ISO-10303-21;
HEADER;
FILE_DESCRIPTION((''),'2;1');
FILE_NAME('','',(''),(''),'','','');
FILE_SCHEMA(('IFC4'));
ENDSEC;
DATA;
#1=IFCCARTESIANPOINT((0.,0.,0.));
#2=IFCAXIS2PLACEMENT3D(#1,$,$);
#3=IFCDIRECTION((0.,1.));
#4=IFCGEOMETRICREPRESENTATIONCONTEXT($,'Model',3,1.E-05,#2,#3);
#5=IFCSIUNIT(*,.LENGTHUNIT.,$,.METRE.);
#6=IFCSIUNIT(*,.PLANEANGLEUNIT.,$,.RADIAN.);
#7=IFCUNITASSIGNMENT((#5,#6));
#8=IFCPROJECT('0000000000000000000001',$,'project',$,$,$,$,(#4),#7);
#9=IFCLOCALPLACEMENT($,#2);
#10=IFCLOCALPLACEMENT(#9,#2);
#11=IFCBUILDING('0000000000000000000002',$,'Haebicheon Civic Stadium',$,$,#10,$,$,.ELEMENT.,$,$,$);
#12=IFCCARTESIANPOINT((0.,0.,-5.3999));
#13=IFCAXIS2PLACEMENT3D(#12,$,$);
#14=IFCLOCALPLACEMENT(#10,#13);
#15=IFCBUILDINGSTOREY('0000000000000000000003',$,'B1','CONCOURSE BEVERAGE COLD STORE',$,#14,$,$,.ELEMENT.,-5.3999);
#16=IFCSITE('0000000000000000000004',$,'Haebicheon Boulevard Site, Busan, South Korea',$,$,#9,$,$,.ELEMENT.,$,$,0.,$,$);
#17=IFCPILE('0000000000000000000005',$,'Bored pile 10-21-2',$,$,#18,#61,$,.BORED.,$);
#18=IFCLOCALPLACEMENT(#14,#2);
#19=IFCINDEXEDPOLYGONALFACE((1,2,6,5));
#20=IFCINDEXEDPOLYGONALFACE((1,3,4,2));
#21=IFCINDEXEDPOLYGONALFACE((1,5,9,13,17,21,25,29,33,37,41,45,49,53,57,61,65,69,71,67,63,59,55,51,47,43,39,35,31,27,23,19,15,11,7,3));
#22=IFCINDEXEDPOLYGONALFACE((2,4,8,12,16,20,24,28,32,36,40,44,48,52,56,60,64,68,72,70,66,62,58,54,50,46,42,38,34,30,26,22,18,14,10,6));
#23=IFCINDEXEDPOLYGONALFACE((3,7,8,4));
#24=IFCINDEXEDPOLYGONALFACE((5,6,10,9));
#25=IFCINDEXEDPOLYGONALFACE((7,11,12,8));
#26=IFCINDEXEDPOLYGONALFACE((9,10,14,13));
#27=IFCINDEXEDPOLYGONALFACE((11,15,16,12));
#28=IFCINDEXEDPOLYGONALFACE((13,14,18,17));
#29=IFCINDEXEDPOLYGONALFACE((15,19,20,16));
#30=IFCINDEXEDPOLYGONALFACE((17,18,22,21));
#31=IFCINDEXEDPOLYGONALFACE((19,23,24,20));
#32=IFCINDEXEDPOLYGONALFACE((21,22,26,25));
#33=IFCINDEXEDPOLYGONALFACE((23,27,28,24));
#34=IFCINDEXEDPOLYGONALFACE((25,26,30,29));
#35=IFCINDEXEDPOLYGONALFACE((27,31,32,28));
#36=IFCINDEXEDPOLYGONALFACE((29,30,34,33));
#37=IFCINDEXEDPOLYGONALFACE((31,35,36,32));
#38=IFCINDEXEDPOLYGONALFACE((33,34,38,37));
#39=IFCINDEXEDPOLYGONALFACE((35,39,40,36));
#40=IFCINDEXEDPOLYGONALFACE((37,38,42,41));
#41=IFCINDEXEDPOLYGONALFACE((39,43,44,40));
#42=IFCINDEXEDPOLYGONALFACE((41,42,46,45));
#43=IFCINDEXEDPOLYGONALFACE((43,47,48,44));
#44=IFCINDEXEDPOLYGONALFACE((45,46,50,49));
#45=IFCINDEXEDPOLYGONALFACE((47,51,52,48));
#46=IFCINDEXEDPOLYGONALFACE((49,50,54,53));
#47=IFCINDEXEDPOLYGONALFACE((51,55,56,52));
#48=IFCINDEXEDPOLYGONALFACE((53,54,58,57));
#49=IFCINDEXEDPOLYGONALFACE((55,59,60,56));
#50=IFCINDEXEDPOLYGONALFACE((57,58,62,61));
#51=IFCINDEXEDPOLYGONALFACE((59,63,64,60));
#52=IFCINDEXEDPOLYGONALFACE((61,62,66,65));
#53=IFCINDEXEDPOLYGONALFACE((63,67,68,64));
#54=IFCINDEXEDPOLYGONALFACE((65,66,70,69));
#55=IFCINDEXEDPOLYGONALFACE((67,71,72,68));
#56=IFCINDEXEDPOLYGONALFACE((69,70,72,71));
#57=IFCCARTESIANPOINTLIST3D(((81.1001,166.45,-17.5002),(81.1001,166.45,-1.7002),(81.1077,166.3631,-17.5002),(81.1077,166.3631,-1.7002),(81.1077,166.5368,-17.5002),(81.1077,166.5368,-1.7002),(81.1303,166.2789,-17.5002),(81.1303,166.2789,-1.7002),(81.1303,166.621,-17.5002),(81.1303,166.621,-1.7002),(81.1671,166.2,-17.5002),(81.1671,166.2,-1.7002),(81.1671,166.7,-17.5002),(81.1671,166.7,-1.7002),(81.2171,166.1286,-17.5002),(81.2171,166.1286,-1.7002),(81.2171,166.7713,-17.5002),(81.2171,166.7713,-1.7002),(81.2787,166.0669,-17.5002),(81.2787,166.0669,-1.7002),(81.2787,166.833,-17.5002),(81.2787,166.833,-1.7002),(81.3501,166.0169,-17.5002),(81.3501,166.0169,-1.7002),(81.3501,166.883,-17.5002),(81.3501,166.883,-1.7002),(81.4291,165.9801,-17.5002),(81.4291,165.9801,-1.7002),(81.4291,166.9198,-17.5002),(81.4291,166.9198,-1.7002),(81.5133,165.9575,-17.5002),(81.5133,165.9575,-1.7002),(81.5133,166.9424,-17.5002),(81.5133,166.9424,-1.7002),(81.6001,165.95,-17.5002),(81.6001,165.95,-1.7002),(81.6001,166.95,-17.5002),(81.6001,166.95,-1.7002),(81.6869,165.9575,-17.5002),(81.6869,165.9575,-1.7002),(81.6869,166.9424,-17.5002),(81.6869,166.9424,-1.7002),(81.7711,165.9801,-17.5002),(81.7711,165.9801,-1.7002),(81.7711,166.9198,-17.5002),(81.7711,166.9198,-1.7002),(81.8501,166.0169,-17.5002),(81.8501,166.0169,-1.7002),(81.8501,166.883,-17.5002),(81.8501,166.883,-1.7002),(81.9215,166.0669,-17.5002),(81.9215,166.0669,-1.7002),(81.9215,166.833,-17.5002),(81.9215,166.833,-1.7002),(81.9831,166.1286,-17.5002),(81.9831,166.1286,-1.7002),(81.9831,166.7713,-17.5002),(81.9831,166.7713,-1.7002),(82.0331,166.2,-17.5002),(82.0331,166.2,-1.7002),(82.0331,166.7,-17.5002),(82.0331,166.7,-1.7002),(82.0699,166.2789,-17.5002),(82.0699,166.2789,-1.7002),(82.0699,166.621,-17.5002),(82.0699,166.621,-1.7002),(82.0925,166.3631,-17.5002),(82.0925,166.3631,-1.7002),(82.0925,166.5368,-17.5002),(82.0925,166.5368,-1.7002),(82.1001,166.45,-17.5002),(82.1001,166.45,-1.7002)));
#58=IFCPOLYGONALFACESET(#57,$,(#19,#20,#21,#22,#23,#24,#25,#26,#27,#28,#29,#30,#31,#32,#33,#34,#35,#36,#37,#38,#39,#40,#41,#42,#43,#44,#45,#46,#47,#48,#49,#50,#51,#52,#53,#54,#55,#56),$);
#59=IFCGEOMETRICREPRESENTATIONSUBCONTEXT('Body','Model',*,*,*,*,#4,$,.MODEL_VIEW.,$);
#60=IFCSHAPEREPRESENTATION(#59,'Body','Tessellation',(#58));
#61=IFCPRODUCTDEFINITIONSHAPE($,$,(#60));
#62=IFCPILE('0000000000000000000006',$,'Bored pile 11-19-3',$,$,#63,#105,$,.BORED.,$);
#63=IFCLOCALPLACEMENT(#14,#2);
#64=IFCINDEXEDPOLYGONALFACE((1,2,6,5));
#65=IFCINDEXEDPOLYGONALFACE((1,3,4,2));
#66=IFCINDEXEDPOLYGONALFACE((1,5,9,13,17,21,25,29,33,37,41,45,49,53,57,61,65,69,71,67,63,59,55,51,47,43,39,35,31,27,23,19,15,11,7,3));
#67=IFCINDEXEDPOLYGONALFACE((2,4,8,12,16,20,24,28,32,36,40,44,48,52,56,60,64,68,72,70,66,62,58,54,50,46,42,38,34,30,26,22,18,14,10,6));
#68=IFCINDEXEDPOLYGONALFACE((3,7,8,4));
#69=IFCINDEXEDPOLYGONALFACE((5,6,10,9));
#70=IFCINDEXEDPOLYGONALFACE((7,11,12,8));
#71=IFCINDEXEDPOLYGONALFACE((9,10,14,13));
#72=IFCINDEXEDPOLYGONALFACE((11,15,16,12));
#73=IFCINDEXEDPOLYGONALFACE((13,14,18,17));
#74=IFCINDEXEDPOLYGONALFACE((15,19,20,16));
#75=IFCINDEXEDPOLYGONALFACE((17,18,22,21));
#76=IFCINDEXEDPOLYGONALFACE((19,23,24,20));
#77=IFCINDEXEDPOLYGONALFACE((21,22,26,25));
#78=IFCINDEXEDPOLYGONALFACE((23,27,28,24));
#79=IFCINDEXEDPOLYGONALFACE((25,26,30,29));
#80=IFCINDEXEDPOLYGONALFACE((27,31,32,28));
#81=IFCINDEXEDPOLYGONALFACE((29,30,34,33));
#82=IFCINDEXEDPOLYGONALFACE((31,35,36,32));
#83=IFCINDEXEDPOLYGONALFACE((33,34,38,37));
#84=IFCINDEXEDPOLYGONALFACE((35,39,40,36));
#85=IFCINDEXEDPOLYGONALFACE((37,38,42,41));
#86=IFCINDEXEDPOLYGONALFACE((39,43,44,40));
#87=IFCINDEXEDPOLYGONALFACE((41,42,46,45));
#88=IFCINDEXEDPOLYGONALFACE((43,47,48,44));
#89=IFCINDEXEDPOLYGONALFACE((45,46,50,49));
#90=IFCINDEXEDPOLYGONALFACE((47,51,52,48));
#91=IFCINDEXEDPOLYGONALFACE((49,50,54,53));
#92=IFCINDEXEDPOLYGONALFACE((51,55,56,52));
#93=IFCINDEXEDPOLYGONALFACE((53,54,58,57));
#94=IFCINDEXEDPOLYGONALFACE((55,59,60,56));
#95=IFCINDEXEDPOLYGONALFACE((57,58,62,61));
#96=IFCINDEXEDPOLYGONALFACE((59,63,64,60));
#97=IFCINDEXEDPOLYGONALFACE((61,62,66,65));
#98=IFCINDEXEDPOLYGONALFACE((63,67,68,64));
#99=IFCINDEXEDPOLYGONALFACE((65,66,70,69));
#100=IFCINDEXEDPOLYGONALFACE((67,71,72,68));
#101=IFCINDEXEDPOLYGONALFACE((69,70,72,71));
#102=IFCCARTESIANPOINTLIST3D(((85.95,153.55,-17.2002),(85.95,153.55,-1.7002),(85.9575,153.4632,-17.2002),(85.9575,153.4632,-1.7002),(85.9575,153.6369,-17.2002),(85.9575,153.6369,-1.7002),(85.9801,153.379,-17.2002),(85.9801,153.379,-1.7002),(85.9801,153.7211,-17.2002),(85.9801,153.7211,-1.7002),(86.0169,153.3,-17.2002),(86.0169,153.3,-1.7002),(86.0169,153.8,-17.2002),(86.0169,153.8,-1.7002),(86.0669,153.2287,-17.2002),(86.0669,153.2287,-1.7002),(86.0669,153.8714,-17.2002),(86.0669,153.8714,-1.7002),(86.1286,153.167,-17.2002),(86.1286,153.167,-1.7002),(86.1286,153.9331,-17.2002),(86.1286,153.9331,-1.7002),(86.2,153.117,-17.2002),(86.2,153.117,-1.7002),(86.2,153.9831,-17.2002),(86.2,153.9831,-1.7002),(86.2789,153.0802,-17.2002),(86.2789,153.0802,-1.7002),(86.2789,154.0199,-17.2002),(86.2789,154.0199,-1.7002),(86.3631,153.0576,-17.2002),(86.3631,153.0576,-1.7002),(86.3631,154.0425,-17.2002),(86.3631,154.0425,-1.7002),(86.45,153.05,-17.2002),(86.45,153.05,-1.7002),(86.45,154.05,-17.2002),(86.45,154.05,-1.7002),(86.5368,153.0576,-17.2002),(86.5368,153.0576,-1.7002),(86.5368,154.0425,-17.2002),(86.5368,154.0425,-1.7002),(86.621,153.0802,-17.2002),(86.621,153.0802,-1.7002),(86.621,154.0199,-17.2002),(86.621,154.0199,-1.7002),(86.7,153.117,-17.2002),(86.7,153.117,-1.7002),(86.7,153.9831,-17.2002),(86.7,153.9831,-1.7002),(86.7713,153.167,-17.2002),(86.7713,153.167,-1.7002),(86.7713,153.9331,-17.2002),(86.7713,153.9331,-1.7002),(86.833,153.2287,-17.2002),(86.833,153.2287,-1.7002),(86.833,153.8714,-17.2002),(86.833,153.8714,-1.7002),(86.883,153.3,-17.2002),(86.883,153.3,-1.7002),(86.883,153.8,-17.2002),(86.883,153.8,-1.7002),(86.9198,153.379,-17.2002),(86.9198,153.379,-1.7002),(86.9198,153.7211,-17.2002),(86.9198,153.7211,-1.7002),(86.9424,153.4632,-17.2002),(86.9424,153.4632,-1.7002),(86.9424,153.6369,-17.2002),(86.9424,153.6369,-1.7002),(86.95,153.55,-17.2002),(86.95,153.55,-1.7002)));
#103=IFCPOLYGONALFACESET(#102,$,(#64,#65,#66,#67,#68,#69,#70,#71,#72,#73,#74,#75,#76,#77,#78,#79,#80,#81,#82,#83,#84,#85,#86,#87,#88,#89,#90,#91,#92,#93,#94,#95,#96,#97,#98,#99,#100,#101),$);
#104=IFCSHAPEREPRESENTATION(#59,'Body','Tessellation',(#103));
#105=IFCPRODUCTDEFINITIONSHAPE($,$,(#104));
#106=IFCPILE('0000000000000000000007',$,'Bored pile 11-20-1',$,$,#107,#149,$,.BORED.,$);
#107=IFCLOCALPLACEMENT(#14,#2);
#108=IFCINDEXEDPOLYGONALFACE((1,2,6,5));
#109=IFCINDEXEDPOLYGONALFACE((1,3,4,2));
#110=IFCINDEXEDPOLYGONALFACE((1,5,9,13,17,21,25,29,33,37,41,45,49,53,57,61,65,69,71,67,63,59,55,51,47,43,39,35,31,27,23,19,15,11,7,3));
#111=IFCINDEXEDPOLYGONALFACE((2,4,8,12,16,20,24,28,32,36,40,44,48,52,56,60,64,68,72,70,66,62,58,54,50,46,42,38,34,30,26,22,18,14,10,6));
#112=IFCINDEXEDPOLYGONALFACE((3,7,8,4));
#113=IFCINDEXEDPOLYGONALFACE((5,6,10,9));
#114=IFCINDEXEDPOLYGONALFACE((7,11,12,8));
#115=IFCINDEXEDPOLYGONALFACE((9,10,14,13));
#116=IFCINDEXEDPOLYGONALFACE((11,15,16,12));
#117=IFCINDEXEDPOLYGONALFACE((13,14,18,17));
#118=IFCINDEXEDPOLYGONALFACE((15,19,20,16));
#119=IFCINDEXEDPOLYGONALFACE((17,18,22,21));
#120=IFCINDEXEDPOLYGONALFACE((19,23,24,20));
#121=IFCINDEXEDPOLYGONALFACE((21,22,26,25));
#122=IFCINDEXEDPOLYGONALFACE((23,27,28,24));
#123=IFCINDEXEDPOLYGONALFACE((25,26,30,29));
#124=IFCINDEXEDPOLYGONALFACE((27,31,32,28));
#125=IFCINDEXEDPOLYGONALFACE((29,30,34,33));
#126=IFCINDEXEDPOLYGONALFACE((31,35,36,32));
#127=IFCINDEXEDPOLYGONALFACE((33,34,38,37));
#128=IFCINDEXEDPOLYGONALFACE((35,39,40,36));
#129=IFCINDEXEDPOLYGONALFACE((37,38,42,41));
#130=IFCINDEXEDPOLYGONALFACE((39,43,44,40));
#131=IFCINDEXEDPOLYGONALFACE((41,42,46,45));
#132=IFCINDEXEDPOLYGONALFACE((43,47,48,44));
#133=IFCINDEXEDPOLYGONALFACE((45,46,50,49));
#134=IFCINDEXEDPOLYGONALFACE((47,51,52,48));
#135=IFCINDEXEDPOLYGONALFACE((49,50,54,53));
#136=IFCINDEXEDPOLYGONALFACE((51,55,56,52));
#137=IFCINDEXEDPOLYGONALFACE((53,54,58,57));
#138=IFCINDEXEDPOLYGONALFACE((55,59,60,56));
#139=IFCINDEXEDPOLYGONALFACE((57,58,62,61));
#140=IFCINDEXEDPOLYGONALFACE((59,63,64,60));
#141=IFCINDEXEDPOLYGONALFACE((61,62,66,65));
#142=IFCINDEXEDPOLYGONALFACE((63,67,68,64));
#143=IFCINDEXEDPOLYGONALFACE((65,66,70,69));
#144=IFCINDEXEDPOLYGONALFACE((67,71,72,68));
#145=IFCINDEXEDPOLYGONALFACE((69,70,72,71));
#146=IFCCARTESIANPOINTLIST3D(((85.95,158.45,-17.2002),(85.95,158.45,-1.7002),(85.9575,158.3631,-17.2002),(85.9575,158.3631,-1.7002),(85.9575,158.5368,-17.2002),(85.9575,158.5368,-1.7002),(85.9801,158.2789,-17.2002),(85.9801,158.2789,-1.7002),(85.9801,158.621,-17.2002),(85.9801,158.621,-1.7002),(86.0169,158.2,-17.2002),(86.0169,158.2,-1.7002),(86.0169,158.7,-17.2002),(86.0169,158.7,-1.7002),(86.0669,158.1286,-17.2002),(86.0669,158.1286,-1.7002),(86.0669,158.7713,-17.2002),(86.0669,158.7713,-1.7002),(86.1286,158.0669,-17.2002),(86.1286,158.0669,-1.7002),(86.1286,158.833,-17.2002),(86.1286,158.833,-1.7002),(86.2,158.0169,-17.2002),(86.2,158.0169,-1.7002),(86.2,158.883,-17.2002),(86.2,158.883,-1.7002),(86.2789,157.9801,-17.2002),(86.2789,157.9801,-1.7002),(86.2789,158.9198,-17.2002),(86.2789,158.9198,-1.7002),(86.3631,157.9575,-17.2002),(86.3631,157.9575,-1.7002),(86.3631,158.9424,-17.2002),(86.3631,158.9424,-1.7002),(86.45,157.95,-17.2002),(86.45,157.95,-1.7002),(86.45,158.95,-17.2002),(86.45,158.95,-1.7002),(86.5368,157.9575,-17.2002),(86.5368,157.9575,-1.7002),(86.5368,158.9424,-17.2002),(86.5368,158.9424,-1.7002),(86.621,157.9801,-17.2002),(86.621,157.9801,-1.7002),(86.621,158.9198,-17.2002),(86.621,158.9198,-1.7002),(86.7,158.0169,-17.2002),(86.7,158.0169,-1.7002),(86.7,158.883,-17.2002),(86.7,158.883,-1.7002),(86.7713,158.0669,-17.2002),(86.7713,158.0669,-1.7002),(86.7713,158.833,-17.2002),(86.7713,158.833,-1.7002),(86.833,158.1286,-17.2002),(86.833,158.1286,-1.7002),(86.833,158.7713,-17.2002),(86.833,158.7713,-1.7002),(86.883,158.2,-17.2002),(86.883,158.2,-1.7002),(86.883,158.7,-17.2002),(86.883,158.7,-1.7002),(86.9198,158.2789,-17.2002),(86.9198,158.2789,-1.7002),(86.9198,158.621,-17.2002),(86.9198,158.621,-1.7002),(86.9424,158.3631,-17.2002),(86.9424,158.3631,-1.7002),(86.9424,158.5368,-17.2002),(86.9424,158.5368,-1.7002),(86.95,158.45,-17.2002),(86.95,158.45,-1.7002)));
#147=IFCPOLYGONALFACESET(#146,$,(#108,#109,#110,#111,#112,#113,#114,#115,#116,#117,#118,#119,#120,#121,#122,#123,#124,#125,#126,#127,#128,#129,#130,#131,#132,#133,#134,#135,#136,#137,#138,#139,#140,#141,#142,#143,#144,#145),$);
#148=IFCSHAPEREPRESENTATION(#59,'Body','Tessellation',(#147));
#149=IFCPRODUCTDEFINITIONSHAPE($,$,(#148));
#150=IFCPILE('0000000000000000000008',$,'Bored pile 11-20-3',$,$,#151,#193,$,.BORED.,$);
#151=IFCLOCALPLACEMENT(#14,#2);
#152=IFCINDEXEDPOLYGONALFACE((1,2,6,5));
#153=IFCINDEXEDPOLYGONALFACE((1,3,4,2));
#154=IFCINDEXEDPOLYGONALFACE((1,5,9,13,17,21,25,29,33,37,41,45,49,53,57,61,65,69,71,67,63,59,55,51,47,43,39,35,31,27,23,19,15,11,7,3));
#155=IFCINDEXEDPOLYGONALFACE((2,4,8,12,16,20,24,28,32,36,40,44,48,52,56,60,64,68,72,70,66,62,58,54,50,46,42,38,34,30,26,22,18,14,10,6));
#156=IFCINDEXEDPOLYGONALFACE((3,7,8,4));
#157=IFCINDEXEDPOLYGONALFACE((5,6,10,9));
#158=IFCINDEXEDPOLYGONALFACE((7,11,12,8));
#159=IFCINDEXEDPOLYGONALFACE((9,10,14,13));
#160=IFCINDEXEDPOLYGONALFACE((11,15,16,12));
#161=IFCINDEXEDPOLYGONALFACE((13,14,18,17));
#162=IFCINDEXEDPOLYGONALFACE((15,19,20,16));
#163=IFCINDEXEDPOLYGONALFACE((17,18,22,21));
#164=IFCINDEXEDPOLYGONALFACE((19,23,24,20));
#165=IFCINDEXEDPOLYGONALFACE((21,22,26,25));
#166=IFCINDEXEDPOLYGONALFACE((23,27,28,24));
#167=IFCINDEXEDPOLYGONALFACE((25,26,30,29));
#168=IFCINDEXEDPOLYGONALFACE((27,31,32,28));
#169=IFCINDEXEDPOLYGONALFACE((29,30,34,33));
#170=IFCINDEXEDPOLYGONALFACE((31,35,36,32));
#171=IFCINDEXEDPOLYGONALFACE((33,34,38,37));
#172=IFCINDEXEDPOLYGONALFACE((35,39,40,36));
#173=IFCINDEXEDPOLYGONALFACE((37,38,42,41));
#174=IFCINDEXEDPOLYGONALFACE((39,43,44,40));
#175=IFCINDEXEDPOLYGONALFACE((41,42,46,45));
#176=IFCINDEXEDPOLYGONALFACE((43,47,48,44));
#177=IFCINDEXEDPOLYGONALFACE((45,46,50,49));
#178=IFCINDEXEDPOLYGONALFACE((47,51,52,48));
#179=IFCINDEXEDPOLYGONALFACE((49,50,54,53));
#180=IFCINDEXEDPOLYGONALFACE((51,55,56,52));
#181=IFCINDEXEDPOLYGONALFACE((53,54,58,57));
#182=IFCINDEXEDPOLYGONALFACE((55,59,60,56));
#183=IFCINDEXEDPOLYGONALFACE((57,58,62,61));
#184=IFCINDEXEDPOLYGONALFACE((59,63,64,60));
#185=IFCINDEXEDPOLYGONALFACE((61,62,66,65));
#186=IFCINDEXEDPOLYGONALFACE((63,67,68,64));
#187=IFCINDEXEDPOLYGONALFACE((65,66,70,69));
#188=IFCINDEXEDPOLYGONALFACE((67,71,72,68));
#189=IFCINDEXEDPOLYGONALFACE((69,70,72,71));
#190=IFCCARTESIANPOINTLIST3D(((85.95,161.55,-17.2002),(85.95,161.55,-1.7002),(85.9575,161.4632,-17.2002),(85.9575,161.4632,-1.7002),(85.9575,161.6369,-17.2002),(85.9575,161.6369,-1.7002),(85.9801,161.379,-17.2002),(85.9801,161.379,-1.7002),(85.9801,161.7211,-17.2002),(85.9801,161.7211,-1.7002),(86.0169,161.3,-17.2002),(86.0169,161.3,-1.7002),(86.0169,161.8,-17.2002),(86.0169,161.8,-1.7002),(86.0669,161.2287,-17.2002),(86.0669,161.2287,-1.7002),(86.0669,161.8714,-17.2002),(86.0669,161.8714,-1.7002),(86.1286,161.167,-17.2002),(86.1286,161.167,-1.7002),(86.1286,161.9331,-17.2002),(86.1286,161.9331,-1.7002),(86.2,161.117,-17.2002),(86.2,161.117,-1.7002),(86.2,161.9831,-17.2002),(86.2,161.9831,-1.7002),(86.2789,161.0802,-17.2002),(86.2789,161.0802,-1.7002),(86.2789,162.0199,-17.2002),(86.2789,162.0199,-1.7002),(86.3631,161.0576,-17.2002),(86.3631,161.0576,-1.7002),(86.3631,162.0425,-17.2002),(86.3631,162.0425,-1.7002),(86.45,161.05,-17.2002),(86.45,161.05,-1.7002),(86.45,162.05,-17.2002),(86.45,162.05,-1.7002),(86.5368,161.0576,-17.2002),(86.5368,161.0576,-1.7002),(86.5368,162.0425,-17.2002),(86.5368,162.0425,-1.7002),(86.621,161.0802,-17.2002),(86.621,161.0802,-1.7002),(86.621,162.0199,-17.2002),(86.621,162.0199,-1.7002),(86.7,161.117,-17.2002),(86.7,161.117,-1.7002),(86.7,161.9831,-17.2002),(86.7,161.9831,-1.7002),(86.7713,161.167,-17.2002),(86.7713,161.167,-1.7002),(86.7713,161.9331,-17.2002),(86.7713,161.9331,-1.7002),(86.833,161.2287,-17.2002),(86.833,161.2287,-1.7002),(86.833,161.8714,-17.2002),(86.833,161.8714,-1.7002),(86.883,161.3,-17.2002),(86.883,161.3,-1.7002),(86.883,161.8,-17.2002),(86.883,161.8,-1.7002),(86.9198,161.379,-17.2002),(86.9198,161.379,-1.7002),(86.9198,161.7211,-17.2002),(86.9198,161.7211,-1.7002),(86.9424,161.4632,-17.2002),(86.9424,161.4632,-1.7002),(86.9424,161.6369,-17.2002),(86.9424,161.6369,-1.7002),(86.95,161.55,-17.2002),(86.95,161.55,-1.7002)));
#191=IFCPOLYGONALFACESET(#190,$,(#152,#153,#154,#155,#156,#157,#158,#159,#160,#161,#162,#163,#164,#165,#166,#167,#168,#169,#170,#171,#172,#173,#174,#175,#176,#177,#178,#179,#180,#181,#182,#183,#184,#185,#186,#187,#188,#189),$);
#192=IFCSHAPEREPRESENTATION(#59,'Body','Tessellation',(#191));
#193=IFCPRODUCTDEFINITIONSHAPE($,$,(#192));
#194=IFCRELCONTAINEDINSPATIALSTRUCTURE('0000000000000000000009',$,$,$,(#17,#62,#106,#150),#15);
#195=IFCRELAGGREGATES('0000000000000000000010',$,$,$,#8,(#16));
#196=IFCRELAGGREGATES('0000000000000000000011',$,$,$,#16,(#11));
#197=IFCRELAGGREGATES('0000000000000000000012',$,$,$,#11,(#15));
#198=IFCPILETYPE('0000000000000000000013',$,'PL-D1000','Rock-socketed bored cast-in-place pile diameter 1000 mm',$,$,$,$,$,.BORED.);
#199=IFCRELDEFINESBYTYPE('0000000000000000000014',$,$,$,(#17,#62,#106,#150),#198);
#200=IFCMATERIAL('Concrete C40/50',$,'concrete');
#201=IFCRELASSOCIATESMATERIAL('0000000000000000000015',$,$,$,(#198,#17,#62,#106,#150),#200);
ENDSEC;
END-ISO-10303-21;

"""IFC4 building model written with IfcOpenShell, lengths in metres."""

from ifc_helpers import new_model, si_unit, direction, frame, origin, origin_2d, place, context, subcontext, project, spatial, circle, extrude, material, material_profile, profile_set, type_object, element, save


model = new_model("IFC4")

# Units and contexts
model_context = context("Model", 3, precision=1e-05, world=origin(), true_north=direction((0.0, 1.0)))
body_context = subcontext(model_context, "Body", "Model", "MODEL_VIEW")
ifc_project = project(units=[si_unit("LENGTHUNIT", "METRE"), si_unit("PLANEANGLEUNIT", "RADIAN")], contexts=[model_context])

# Site, building, storey
site_placement = place(None, origin())
site = spatial("IfcSite", under=ifc_project, at=site_placement, Name="Haebicheon Boulevard Site, Busan, South Korea", CompositionType="ELEMENT", RefElevation=0.0)
building_placement = place(site_placement, origin())
building = spatial("IfcBuilding", under=site, at=building_placement, Name="Haebicheon Civic Stadium", CompositionType="ELEMENT")
storey_placement = place(building_placement, frame((0.0, 0.0, -5.3999)))
storey = spatial("IfcBuildingStorey", under=building, at=storey_placement, Name="B1", Description="CONCOURSE BEVERAGE COLD STORE", CompositionType="ELEMENT", Elevation=-5.3999)

# Piles
ifc_material_1 = material(Name="Concrete C40/50", Category="concrete")
ifc_material_profile_1 = material_profile(ifc_material_1, circle(Radius=0.5, at=origin_2d()), Name="PILE-D1000")
ifc_profile_set_1 = profile_set([ifc_material_profile_1], Name="Concrete C40/50")
pile_type = type_object("IfcPileType", Name="PL-D1000", Description="Rock-socketed bored cast-in-place pile diameter 1000 mm", PredefinedType="BORED", material=ifc_profile_set_1)
for number, where, z_axis, x_axis, name in (
    (1, (81.6001, 166.45, -1.7002), (0.0, 0.0, -1.0), (1.0, 0.0, 0.0), "Bored pile 10-21-2"),
):
    element("IfcPile", number, at=place(storey_placement, frame(where, z_axis=z_axis, x_axis=x_axis)), inside=storey, type_object=pile_type, material=ifc_profile_set_1, Name=name, PredefinedType="BORED", context=body_context, shape_type="SweptSolid", body=[
        extrude(circle(Radius=0.5, at=origin_2d()), origin(), (0.0, 0.0, 1.0), 15.8),
    ])
for number, where, z_axis, x_axis, name in (
    (2, (86.45, 153.55, -1.7002), (0.0, 0.0, -1.0), (1.0, 0.0, 0.0), "Bored pile 11-19-3"),
    (3, (86.45, 158.45, -1.7002), (0.0, 0.0, -1.0), (1.0, 0.0, 0.0), "Bored pile 11-20-1"),
    (4, (86.45, 161.55, -1.7002), (0.0, 0.0, -1.0), (1.0, 0.0, 0.0), "Bored pile 11-20-3"),
):
    element("IfcPile", number, at=place(storey_placement, frame(where, z_axis=z_axis, x_axis=x_axis)), inside=storey, type_object=pile_type, material=ifc_profile_set_1, Name=name, PredefinedType="BORED", context=body_context, shape_type="SweptSolid", body=[
        extrude(circle(Radius=0.5, at=origin_2d()), origin(), (0.0, 0.0, 1.0), 15.5),
    ])

save(model, "model.ifc")
